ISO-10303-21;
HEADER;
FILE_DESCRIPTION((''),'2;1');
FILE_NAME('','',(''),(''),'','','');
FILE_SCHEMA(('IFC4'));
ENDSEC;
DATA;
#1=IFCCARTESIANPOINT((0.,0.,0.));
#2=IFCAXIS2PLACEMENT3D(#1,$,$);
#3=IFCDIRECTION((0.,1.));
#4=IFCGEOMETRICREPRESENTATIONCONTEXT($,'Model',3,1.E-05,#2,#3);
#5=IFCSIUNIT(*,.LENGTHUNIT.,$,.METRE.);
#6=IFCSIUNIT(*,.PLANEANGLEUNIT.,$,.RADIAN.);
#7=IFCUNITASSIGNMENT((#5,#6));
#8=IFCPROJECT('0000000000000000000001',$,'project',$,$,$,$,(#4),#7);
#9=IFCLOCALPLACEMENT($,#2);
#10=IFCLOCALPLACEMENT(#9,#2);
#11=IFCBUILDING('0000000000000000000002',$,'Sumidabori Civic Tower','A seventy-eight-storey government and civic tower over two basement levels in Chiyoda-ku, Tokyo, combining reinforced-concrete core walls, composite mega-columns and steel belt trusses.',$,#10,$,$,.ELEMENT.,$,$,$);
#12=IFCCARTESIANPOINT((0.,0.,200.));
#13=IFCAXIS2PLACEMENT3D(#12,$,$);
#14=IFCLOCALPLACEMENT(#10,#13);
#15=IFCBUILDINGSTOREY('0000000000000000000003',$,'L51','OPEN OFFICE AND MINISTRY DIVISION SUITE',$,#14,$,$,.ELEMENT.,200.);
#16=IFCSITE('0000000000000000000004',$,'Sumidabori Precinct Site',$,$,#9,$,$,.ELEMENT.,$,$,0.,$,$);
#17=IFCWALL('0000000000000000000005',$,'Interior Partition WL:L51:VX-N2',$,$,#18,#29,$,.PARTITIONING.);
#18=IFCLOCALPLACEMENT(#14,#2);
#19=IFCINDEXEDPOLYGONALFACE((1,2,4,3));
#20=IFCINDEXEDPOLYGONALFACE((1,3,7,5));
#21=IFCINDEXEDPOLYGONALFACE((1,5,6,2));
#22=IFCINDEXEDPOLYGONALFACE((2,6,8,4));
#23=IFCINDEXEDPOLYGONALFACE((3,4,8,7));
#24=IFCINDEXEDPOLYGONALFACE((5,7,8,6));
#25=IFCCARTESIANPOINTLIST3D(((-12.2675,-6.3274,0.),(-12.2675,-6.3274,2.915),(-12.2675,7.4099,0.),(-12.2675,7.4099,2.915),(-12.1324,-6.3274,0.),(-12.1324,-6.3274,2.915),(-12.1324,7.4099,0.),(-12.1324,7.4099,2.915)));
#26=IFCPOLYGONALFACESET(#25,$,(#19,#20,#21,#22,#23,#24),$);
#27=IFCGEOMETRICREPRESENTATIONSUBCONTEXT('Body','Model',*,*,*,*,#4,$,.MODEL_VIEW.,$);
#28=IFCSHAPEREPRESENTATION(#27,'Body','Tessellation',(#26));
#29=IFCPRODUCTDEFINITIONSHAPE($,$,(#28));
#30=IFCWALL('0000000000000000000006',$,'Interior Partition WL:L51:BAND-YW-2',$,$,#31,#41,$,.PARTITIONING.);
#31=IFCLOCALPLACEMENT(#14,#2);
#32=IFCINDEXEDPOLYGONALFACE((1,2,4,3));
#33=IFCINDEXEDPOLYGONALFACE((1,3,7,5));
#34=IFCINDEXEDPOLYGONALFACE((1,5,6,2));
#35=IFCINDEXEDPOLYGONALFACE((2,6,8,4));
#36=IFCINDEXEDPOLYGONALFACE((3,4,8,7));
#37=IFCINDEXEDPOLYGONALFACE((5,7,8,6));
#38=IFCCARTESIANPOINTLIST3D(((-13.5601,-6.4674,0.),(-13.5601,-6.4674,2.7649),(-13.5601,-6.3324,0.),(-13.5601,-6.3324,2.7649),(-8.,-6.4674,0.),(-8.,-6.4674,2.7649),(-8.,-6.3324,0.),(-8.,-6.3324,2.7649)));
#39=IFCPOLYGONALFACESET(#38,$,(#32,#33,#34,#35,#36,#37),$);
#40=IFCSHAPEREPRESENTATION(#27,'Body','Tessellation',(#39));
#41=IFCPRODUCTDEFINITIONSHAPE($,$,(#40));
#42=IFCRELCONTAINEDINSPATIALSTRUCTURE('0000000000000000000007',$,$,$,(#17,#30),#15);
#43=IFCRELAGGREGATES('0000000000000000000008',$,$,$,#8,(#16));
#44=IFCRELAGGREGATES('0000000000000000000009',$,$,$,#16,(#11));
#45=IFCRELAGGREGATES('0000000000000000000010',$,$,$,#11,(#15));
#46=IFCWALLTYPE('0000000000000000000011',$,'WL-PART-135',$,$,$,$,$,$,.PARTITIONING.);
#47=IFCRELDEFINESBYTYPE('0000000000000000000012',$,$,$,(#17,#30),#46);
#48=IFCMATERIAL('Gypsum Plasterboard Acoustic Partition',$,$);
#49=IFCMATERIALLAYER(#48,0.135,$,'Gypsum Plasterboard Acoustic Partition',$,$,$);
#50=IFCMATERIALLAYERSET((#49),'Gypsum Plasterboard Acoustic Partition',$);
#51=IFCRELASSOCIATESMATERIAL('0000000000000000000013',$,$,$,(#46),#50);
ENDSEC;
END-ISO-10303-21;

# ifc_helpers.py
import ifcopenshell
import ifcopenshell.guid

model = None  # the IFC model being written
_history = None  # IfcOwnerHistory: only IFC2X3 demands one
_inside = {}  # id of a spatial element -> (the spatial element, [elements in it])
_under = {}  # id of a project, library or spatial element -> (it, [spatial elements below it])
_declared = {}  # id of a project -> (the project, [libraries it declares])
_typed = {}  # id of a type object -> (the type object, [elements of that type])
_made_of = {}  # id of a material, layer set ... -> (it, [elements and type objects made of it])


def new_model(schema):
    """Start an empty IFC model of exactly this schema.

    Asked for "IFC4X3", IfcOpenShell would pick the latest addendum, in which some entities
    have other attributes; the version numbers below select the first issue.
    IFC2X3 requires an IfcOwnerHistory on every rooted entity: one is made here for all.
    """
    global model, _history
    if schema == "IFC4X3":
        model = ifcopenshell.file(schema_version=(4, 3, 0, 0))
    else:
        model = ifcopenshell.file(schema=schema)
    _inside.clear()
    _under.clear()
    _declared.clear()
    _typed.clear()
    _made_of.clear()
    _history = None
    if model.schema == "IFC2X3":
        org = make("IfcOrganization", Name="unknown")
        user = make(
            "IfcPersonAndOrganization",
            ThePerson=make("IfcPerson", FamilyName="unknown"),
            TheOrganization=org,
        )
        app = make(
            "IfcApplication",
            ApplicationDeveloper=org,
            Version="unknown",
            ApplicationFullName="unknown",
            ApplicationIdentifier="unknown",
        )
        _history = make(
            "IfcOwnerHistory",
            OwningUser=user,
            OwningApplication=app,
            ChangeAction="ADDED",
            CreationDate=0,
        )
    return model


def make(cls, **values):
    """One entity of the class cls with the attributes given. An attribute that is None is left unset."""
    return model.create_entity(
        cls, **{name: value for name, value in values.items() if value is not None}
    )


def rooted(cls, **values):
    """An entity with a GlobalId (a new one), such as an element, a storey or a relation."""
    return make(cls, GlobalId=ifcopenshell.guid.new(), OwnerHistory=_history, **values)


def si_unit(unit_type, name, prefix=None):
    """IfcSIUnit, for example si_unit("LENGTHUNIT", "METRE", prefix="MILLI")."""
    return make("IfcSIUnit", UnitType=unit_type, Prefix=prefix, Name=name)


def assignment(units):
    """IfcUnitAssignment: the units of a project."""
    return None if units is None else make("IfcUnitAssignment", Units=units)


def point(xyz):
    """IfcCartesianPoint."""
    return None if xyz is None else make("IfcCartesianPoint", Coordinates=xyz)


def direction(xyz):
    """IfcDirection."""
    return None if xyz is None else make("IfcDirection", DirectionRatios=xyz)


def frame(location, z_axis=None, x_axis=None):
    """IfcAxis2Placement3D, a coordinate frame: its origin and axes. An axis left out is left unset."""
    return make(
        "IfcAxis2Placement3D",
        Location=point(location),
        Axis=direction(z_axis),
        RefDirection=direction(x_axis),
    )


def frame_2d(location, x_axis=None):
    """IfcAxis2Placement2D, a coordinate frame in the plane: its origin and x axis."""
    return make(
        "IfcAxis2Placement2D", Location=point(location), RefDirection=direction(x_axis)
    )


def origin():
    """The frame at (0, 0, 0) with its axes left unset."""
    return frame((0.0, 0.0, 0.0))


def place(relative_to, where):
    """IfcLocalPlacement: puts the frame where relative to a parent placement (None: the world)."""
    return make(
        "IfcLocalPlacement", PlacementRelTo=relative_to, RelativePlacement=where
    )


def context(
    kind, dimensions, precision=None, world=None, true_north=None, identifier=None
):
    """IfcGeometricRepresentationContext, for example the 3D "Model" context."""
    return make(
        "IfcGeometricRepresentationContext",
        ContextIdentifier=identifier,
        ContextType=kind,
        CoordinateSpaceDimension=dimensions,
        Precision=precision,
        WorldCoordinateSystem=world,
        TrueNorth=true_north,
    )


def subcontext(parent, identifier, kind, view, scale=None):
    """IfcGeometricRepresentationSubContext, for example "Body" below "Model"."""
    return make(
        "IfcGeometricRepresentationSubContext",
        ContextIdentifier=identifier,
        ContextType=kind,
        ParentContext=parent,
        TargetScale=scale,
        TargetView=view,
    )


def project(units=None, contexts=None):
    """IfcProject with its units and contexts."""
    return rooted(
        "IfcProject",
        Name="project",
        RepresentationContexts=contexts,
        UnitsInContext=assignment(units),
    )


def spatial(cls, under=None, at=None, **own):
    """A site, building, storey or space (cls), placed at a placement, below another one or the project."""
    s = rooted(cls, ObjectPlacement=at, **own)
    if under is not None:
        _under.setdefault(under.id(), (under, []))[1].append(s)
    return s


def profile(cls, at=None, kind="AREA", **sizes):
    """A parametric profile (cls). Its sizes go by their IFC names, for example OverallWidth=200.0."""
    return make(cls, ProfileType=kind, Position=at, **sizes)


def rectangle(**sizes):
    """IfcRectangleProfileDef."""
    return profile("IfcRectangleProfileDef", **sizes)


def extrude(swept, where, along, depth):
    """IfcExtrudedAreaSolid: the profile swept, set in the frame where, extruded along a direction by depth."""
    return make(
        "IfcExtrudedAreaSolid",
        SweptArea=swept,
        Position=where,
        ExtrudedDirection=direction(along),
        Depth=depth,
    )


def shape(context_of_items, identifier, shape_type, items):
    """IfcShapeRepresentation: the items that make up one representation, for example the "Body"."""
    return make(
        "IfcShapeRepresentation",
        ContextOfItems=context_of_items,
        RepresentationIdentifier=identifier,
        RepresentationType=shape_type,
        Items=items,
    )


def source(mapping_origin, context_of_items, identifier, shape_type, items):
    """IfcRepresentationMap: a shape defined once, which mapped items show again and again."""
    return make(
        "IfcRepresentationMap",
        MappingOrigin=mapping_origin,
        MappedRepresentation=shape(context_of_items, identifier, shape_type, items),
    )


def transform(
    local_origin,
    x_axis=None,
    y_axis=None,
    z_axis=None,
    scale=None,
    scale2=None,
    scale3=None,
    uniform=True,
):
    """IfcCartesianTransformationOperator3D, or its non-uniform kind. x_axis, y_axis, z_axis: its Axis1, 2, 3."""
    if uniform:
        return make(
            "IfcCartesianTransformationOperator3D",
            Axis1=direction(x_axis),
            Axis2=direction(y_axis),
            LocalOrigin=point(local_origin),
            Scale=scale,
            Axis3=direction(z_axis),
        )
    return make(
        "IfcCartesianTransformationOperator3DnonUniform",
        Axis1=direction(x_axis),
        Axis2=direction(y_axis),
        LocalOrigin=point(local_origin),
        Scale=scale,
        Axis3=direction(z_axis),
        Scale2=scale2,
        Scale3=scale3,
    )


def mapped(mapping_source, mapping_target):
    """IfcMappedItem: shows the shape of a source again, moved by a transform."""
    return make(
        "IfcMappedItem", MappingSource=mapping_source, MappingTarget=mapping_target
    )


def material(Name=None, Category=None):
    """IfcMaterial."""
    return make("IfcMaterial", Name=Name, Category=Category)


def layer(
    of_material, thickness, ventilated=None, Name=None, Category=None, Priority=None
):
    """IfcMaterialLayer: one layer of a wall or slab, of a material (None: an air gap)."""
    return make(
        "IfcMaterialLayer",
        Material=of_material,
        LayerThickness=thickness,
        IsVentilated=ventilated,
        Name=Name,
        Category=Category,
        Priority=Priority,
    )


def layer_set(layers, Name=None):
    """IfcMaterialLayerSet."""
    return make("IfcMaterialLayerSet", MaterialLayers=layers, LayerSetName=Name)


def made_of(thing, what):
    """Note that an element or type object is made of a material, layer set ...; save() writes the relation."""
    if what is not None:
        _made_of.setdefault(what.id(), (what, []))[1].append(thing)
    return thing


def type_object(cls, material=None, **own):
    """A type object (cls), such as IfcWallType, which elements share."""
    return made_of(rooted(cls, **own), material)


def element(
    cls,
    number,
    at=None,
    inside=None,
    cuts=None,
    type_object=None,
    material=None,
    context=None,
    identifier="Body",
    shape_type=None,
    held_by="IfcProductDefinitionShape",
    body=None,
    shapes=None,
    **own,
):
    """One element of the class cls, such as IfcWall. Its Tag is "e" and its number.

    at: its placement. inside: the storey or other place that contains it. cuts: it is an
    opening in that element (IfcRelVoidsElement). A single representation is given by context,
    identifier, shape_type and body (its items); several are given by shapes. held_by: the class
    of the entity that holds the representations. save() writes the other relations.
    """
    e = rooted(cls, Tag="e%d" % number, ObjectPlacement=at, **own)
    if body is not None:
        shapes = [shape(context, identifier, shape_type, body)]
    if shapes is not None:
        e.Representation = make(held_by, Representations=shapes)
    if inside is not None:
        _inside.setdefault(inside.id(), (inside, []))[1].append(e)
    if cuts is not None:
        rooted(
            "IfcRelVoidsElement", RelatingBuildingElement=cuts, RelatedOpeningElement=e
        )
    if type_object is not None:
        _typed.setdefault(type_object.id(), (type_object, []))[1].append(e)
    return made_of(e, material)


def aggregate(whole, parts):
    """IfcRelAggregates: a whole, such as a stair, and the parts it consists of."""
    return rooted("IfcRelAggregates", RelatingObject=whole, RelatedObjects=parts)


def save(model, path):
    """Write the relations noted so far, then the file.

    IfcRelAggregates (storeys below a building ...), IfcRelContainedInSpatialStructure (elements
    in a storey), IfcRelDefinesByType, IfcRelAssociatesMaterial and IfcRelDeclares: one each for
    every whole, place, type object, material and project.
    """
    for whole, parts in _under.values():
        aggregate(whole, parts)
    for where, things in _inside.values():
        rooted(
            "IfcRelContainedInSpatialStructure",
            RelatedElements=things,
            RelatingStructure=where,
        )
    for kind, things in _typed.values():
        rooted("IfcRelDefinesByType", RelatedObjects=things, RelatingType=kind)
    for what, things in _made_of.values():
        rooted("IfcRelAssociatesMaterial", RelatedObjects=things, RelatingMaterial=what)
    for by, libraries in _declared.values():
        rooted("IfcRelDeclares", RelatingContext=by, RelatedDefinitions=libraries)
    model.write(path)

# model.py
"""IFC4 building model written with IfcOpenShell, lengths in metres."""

from ifc_helpers import new_model, si_unit, direction, frame, frame_2d, origin, place, context, subcontext, project, spatial, rectangle, extrude, source, transform, mapped, material, layer, layer_set, type_object, element, save


model = new_model("IFC4")

# Units and contexts
model_context = context("Model", 3, precision=1e-05, world=origin(), true_north=direction((0.0, 1.0)))
body_context = subcontext(model_context, "Body", "Model", "MODEL_VIEW")
ifc_project = project(units=[si_unit("LENGTHUNIT", "METRE"), si_unit("PLANEANGLEUNIT", "RADIAN")], contexts=[model_context])

# Site, building, storey
site_placement = place(None, origin())
site = spatial("IfcSite", under=ifc_project, at=site_placement, Name="Sumidabori Precinct Site", CompositionType="ELEMENT", RefElevation=0.0)
building_placement = place(site_placement, origin())
building = spatial("IfcBuilding", under=site, at=building_placement, Name="Sumidabori Civic Tower", Description="A seventy-eight-storey government and civic tower over two basement levels in Chiyoda-ku, Tokyo, combining reinforced-concrete core walls, composite mega-columns and steel belt trusses.", CompositionType="ELEMENT")
storey_placement = place(building_placement, frame((0.0, 0.0, 200.0)))
storey = spatial("IfcBuildingStorey", under=building, at=storey_placement, Name="L51", Description="OPEN OFFICE AND MINISTRY DIVISION SUITE", CompositionType="ELEMENT", Elevation=200.0)

# Shared definitions
ifc_material_1 = material(Name="Gypsum Plasterboard Acoustic Partition")
ifc_layer_1 = layer(ifc_material_1, 0.135, Name="Gypsum Plasterboard Acoustic Partition")
ifc_layer_set_1 = layer_set([ifc_layer_1], Name="Gypsum Plasterboard Acoustic Partition")
wall_type_1 = type_object("IfcWallType", Name="WL-PART-135", PredefinedType="PARTITIONING", material=ifc_layer_set_1)

# Walls
shared_shape_1 = source(origin(), body_context, "Body", "SweptSolid", [
    extrude(rectangle(XDim=13.7373, YDim=0.135, at=frame_2d((6.8687, 0.0))), origin(), (0.0, 0.0, 1.0), 2.915),
])
wall_1_placement = place(storey_placement, frame((-12.2, -6.3274, 0.0), z_axis=(0.0, 0.0, 1.0), x_axis=(0.0, 1.0, 0.0)))
element("IfcWall", 1, at=wall_1_placement, inside=storey, type_object=wall_type_1, Name="Interior Partition WL:L51:VX-N2", PredefinedType="PARTITIONING", context=body_context, shape_type="MappedRepresentation", body=[
    mapped(shared_shape_1, transform((0.0, 0.0, 0.0), x_axis=(1.0, 0.0, 0.0), y_axis=(0.0, 1.0, 0.0), z_axis=(0.0, 0.0, 1.0), scale=1.0)),
])
shared_shape_2 = source(origin(), body_context, "Body", "SweptSolid", [
    extrude(rectangle(XDim=5.5601, YDim=0.135, at=frame_2d((2.78, 0.0))), origin(), (0.0, 0.0, 1.0), 2.7649),
])
wall_2_placement = place(storey_placement, frame((-13.5601, -6.3999, 0.0), z_axis=(0.0, 0.0, 1.0), x_axis=(1.0, 0.0, 0.0)))
element("IfcWall", 2, at=wall_2_placement, inside=storey, type_object=wall_type_1, Name="Interior Partition WL:L51:BAND-YW-2", PredefinedType="PARTITIONING", context=body_context, shape_type="MappedRepresentation", body=[
    mapped(shared_shape_2, transform((0.0, 0.0, 0.0), x_axis=(1.0, 0.0, 0.0), y_axis=(0.0, 1.0, 0.0), z_axis=(0.0, 0.0, 1.0), scale=1.0)),
])

save(model, "model.ifc")
